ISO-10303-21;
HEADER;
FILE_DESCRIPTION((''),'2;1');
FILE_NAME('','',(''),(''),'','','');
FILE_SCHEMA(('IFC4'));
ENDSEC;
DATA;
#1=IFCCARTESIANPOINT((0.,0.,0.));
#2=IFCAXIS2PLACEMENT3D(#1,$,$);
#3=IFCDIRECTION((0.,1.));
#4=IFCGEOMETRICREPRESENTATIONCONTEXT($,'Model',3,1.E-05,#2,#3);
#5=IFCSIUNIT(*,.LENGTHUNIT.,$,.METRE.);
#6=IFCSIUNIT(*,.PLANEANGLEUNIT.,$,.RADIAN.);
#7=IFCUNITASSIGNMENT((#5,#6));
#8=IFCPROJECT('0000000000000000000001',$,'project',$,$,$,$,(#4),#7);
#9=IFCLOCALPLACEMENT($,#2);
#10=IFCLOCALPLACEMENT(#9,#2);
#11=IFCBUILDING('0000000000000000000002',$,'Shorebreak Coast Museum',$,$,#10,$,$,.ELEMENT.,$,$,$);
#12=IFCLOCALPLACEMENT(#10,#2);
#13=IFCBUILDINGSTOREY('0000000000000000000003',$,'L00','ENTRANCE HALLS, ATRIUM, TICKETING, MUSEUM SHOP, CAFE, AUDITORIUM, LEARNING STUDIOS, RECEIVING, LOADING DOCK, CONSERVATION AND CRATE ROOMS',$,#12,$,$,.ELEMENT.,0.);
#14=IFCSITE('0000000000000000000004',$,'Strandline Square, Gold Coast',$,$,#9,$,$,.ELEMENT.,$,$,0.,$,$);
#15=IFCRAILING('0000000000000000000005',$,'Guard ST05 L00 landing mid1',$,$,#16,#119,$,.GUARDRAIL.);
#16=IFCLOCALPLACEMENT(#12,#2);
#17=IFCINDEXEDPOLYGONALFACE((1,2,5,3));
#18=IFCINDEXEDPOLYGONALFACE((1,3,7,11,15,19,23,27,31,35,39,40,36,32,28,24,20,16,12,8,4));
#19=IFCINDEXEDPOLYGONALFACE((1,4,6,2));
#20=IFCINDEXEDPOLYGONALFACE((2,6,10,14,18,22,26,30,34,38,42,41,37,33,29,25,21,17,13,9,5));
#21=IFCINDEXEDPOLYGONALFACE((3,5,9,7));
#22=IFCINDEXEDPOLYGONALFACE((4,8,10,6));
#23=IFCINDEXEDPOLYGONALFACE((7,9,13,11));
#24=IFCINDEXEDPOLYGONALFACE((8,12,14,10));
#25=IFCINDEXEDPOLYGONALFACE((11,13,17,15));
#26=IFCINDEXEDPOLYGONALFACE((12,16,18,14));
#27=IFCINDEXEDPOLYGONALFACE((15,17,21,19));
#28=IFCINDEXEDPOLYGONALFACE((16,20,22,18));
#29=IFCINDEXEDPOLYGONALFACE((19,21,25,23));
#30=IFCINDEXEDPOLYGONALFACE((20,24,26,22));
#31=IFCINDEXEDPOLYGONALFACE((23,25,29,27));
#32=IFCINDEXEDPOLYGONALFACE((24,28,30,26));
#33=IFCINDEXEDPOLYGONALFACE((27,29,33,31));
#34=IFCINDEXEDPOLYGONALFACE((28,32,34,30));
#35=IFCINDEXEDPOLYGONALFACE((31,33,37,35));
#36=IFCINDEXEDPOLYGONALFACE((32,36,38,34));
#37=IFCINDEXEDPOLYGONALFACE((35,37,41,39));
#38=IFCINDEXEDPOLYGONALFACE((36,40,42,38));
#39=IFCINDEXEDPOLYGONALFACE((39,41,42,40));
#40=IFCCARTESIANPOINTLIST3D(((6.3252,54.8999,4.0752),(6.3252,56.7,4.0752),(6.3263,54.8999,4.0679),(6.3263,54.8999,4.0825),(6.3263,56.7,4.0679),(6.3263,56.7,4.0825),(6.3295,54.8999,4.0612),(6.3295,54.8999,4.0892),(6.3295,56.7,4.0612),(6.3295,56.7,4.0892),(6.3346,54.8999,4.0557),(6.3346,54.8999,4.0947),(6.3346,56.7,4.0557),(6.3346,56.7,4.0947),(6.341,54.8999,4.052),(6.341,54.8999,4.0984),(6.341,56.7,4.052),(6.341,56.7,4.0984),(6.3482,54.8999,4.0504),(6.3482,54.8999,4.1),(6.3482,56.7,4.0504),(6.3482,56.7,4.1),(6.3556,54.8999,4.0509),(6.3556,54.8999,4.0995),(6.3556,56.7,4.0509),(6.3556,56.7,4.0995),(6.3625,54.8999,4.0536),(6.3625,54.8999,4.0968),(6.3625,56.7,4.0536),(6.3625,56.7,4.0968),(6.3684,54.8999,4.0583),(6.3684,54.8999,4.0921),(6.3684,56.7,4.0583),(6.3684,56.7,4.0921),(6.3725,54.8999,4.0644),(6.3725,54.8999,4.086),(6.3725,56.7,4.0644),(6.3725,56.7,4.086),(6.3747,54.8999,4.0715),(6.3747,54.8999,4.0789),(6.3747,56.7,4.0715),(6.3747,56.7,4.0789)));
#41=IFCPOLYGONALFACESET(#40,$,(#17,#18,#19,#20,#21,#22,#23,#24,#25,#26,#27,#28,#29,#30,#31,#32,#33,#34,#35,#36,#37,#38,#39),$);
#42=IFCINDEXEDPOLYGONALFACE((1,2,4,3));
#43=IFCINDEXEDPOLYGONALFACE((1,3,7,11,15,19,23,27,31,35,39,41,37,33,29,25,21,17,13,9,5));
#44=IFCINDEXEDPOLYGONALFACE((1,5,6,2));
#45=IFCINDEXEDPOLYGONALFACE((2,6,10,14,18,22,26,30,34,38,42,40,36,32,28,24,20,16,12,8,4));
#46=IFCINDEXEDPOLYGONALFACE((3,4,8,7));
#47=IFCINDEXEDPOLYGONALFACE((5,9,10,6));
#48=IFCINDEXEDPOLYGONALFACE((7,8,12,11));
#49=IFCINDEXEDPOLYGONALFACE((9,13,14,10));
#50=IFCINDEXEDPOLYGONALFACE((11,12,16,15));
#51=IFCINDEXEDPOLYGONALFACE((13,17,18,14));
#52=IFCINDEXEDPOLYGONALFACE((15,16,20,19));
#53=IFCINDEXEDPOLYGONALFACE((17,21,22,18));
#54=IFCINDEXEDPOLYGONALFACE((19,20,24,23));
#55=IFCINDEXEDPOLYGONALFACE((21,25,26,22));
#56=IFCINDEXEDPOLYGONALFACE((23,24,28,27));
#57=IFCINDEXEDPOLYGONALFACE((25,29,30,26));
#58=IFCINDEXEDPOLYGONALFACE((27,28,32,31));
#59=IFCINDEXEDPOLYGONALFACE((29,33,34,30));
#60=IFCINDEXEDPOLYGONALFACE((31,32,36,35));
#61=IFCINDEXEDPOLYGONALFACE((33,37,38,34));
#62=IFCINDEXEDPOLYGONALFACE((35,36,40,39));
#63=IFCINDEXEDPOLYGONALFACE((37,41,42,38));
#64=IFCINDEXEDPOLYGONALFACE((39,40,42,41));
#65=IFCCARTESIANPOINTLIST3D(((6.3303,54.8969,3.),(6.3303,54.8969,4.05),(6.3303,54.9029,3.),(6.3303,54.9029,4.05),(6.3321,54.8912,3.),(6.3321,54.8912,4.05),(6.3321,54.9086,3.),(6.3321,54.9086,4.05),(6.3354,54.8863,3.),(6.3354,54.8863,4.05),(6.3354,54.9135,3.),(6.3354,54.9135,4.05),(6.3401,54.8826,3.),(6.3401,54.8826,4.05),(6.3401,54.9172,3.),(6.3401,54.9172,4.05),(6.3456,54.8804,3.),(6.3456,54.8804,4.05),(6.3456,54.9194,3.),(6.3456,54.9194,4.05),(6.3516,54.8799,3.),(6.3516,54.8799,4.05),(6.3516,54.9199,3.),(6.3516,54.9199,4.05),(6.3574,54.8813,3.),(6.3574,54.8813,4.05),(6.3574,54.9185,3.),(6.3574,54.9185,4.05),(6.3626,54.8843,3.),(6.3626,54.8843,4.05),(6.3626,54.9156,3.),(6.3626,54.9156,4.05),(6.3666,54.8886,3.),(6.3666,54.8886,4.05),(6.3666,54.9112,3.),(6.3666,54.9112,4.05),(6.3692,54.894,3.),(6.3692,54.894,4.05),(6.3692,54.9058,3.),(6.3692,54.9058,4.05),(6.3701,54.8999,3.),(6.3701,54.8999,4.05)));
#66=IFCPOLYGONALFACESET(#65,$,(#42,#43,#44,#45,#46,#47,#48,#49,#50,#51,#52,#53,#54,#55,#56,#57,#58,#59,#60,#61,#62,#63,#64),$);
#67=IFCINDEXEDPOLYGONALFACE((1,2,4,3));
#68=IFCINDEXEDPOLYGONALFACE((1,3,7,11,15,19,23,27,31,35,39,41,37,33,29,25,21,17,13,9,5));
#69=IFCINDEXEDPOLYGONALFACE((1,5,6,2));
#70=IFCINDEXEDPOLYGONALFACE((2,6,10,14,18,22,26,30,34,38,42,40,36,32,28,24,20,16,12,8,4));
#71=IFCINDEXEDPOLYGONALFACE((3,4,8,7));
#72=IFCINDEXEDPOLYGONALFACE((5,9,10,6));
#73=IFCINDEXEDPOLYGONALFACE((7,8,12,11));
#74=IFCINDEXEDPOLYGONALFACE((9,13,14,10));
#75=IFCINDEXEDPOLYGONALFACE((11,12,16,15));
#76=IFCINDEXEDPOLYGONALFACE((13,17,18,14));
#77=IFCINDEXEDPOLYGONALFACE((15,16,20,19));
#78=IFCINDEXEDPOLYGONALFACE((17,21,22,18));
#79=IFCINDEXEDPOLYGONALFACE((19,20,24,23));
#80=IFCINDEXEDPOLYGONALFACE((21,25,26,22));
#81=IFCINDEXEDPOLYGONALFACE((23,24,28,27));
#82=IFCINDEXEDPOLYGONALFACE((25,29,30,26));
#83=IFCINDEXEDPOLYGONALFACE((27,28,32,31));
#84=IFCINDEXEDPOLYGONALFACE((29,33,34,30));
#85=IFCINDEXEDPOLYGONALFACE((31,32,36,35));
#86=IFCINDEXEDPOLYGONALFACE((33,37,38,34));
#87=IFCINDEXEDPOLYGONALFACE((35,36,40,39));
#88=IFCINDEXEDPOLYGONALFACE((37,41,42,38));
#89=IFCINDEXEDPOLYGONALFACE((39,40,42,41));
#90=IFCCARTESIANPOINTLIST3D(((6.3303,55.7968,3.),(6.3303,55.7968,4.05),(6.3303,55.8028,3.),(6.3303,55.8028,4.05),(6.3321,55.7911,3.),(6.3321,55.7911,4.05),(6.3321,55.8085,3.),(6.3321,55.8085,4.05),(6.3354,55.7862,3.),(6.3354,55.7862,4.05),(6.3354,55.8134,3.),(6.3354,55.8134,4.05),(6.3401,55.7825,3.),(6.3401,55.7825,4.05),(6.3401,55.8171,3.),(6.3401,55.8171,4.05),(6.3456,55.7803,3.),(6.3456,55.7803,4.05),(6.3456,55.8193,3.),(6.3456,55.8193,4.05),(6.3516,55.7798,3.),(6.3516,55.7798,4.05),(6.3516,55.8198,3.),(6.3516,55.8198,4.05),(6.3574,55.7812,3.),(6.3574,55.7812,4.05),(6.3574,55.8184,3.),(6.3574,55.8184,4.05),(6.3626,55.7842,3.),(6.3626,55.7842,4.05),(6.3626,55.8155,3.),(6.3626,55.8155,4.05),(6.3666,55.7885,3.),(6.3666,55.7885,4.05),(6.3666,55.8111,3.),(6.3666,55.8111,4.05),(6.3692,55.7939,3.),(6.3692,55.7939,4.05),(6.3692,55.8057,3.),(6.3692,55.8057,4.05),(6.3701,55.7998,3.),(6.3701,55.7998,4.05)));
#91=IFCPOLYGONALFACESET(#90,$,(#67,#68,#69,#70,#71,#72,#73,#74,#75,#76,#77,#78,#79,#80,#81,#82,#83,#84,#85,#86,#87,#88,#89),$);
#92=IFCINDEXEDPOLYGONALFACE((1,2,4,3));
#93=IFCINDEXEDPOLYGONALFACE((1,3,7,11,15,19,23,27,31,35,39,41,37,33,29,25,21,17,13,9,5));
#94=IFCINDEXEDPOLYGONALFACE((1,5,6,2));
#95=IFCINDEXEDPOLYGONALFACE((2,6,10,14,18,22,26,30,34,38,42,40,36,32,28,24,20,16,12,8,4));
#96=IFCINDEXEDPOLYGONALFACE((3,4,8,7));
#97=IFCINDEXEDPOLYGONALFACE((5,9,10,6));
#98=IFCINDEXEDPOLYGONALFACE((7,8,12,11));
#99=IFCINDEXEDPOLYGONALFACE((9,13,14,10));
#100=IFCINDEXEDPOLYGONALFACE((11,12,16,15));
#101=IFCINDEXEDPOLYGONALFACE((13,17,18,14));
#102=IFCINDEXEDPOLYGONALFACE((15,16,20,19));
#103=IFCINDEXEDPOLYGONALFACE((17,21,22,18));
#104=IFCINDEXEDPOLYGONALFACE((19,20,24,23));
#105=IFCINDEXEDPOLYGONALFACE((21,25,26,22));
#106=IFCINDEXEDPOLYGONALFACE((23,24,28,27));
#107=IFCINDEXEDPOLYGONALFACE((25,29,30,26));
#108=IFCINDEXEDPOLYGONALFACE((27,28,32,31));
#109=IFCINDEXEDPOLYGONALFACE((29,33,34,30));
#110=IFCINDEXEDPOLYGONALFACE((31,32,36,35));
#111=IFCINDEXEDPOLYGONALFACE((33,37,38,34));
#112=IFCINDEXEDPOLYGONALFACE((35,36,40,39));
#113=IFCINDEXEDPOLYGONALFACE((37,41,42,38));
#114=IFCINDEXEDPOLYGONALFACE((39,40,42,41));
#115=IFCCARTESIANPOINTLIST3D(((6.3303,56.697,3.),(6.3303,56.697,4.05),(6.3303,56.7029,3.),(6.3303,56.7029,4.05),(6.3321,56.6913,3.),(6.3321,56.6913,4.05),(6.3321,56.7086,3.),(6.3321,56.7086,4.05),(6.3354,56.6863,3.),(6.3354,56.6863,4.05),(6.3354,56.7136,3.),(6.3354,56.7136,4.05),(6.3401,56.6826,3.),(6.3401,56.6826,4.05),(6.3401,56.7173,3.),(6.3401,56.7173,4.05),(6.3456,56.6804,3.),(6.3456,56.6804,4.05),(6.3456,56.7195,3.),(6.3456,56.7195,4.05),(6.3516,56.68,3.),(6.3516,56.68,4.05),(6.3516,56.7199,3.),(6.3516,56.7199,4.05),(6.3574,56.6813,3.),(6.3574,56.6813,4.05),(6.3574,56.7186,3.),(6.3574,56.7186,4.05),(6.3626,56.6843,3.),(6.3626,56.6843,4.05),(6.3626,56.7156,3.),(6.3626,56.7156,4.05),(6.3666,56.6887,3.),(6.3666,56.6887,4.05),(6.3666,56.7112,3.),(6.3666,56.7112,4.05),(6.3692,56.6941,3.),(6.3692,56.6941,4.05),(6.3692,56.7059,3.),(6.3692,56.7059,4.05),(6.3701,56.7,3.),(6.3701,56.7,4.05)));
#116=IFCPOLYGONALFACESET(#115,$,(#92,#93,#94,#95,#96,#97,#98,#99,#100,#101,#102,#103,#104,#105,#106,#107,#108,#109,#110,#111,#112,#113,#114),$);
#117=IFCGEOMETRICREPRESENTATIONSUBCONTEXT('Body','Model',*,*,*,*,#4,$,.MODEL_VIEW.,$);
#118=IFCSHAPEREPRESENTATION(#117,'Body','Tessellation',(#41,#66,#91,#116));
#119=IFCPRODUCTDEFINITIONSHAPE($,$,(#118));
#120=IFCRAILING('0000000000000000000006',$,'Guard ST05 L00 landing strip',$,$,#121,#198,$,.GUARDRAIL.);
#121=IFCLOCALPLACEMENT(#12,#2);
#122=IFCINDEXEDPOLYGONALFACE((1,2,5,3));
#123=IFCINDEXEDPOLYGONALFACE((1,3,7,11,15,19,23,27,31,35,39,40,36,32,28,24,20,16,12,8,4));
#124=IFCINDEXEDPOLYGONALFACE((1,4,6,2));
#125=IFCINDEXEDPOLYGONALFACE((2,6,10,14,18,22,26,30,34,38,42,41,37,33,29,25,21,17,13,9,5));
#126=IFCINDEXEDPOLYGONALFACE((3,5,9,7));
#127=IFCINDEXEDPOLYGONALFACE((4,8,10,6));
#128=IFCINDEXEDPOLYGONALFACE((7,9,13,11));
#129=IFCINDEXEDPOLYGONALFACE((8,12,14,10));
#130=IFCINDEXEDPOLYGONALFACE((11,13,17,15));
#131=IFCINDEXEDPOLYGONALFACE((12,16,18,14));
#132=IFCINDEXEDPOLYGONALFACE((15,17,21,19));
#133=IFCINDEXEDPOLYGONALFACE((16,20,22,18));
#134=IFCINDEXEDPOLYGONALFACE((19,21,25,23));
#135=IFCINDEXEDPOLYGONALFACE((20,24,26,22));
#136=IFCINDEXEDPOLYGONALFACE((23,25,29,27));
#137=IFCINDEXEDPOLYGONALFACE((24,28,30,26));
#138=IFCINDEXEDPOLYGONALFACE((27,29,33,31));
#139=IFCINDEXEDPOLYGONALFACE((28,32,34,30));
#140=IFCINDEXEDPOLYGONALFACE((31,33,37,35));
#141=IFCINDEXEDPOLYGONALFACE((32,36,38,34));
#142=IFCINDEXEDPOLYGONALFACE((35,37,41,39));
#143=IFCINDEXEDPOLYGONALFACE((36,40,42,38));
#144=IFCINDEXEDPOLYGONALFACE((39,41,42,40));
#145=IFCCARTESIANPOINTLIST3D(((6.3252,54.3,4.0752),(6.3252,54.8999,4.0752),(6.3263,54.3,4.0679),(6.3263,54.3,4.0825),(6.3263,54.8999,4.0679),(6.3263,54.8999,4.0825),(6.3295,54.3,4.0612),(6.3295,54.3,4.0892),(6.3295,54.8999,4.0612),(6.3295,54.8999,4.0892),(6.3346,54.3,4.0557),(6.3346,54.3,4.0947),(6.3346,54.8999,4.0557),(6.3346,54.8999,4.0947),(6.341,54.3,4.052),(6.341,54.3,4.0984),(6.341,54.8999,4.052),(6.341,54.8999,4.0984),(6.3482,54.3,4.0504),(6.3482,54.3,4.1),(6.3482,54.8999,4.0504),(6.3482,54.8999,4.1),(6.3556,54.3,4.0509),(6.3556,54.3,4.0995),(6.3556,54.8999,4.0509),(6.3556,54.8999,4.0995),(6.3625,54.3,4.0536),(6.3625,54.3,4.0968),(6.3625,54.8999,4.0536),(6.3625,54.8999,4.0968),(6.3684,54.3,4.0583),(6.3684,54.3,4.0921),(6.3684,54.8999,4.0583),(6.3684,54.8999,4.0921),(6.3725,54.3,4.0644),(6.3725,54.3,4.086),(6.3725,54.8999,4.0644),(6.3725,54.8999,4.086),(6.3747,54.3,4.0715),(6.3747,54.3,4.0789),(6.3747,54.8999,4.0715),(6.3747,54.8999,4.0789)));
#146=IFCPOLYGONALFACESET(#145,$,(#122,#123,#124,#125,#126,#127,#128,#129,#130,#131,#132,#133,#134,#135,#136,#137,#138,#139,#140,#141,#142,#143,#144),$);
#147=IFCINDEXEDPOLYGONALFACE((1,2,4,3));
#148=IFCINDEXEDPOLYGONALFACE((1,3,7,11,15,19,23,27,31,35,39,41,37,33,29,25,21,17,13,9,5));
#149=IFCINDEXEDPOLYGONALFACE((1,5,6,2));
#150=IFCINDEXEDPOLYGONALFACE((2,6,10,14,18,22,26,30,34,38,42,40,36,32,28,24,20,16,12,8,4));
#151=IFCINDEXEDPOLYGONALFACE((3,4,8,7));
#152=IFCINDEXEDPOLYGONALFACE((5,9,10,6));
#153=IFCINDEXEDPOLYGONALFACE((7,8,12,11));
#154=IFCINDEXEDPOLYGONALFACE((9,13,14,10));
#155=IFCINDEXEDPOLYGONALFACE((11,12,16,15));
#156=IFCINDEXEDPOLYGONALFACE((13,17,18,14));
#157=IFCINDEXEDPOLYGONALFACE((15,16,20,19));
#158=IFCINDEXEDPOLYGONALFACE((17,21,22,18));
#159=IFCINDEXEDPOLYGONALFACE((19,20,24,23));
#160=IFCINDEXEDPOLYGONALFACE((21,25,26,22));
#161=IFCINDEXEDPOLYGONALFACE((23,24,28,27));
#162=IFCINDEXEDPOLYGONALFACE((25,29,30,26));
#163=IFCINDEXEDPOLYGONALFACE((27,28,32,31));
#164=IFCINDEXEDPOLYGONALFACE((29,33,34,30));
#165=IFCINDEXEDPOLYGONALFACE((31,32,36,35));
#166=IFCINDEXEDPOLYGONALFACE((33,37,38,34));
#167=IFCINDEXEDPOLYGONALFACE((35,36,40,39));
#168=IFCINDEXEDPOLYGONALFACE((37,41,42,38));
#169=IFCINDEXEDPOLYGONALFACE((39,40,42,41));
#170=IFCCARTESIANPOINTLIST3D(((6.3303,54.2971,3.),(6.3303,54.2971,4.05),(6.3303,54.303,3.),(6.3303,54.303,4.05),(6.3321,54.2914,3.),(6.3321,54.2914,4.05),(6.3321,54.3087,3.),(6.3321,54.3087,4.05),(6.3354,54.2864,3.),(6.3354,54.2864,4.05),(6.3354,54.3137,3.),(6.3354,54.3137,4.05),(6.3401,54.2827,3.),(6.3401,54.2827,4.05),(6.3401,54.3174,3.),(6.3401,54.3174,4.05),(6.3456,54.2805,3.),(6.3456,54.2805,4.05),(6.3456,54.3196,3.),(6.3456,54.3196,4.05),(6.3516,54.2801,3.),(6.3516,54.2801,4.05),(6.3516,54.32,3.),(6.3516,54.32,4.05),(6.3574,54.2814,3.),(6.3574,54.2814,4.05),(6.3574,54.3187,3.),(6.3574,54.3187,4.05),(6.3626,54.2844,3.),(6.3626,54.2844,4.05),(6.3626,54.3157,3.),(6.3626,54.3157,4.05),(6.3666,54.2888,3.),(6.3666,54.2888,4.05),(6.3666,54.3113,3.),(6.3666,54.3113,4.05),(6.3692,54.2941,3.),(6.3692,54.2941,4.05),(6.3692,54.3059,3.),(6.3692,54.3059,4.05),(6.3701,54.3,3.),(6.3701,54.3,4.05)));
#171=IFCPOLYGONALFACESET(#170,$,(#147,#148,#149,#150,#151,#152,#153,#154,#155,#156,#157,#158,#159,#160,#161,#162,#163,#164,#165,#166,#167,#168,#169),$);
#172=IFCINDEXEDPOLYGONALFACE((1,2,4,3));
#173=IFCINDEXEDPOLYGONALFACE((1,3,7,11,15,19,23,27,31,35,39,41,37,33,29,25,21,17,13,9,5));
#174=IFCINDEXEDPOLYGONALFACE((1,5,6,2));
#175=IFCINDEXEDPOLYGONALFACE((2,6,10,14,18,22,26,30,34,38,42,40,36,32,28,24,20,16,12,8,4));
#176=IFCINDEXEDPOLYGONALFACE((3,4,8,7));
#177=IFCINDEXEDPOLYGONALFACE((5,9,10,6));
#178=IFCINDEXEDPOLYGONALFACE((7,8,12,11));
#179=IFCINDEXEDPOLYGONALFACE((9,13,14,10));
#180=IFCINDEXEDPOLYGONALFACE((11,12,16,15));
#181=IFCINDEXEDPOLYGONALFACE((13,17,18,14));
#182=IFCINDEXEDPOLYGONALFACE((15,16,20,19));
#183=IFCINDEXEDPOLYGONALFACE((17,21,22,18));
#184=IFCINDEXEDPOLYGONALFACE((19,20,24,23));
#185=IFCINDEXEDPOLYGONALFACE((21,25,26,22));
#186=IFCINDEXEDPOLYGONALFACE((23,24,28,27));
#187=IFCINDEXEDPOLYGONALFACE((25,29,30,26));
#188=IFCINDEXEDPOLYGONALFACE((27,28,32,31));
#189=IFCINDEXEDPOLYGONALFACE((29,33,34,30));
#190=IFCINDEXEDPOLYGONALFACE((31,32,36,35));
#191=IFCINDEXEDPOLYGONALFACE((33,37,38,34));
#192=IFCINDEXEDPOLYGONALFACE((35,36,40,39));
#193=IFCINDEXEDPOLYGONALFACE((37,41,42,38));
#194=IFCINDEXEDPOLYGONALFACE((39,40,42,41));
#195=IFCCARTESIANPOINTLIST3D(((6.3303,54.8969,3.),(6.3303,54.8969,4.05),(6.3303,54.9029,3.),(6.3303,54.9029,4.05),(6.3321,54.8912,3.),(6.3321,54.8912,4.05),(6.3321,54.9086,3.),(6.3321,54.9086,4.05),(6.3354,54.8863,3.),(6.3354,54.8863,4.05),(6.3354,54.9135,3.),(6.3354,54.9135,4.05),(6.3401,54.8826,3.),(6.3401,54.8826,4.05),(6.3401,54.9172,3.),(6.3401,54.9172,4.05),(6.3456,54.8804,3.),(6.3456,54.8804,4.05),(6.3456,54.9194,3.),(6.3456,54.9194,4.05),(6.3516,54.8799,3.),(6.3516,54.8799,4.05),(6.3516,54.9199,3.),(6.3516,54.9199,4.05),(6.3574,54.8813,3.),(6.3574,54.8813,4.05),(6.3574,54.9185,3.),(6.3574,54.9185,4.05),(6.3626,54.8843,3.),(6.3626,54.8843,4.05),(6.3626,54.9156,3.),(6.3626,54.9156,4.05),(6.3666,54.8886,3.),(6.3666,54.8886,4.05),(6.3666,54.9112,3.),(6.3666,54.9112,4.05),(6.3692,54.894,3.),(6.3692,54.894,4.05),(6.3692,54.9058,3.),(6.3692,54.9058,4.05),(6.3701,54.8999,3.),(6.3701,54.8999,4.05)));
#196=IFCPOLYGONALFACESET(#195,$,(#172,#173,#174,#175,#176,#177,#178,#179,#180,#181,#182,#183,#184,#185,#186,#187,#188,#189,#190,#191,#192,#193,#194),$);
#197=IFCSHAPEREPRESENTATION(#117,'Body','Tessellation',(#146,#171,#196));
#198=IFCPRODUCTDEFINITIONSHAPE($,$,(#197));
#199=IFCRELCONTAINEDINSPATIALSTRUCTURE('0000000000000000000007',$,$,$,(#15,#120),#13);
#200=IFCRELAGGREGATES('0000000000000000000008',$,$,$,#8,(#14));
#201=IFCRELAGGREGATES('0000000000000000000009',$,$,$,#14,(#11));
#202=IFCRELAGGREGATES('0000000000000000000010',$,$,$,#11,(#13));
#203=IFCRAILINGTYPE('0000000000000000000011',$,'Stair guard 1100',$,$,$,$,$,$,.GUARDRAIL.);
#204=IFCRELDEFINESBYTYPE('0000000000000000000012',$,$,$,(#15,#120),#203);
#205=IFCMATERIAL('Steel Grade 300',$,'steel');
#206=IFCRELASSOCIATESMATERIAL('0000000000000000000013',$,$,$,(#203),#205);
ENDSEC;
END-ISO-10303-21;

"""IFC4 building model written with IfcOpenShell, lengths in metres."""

from ifc_helpers import new_model, si_unit, direction, frame, origin, origin_2d, place, context, subcontext, project, spatial, circle, extrude, material, type_object, element, save


model = new_model("IFC4")

# Units and contexts
model_context = context("Model", 3, precision=1e-05, world=origin(), true_north=direction((0.0, 1.0)))
body_context = subcontext(model_context, "Body", "Model", "MODEL_VIEW")
ifc_project = project(units=[si_unit("LENGTHUNIT", "METRE"), si_unit("PLANEANGLEUNIT", "RADIAN")], contexts=[model_context])

# Site, building, storey
site_placement = place(None, origin())
site = spatial("IfcSite", under=ifc_project, at=site_placement, Name="Strandline Square, Gold Coast", CompositionType="ELEMENT", RefElevation=0.0)
building_placement = place(site_placement, origin())
building = spatial("IfcBuilding", under=site, at=building_placement, Name="Shorebreak Coast Museum", CompositionType="ELEMENT")
storey_placement = place(building_placement, origin())
storey = spatial("IfcBuildingStorey", under=building, at=storey_placement, Name="L00", Description="ENTRANCE HALLS, ATRIUM, TICKETING, MUSEUM SHOP, CAFE, AUDITORIUM, LEARNING STUDIOS, RECEIVING, LOADING DOCK, CONSERVATION AND CRATE ROOMS", CompositionType="ELEMENT", Elevation=0.0)

# Railings
ifc_material_1 = material(Name="Steel Grade 300", Category="steel")
railing_type_1 = type_object("IfcRailingType", Name="Stair guard 1100", PredefinedType="GUARDRAIL", material=ifc_material_1)
railing_1_placement = place(storey_placement, frame((6.3501, 54.8999, 3.0)))
element("IfcRailing", 1, at=railing_1_placement, inside=storey, type_object=railing_type_1, Name="Guard ST05 L00 landing mid1", PredefinedType="GUARDRAIL", context=body_context, shape_type="SweptSolid", body=[
    extrude(circle(Radius=0.0249, at=origin_2d()), frame((0.0, 0.0, 1.0752), z_axis=(0.0, 1.0, 0.0), x_axis=(-1.0, 0.0, 0.0)), (0.0, 0.0, 1.0), 1.8),
    extrude(circle(Radius=0.02, at=origin_2d()), origin(), (0.0, 0.0, 1.0), 1.05),
    extrude(circle(Radius=0.02, at=origin_2d()), frame((0.0, 0.8999, 0.0)), (0.0, 0.0, 1.0), 1.05),
    extrude(circle(Radius=0.02, at=origin_2d()), frame((0.0, 1.8, 0.0)), (0.0, 0.0, 1.0), 1.05),
])
railing_2_placement = place(storey_placement, frame((6.3501, 54.3, 3.0)))
element("IfcRailing", 2, at=railing_2_placement, inside=storey, type_object=railing_type_1, Name="Guard ST05 L00 landing strip", PredefinedType="GUARDRAIL", context=body_context, shape_type="SweptSolid", body=[
    extrude(circle(Radius=0.0249, at=origin_2d()), frame((0.0, 0.0, 1.0752), z_axis=(0.0, 1.0, 0.0), x_axis=(-1.0, 0.0, 0.0)), (0.0, 0.0, 1.0), 0.5999),
    extrude(circle(Radius=0.02, at=origin_2d()), origin(), (0.0, 0.0, 1.0), 1.05),
    extrude(circle(Radius=0.02, at=origin_2d()), frame((0.0, 0.5999, 0.0)), (0.0, 0.0, 1.0), 1.05),
])

save(model, "model.ifc")
